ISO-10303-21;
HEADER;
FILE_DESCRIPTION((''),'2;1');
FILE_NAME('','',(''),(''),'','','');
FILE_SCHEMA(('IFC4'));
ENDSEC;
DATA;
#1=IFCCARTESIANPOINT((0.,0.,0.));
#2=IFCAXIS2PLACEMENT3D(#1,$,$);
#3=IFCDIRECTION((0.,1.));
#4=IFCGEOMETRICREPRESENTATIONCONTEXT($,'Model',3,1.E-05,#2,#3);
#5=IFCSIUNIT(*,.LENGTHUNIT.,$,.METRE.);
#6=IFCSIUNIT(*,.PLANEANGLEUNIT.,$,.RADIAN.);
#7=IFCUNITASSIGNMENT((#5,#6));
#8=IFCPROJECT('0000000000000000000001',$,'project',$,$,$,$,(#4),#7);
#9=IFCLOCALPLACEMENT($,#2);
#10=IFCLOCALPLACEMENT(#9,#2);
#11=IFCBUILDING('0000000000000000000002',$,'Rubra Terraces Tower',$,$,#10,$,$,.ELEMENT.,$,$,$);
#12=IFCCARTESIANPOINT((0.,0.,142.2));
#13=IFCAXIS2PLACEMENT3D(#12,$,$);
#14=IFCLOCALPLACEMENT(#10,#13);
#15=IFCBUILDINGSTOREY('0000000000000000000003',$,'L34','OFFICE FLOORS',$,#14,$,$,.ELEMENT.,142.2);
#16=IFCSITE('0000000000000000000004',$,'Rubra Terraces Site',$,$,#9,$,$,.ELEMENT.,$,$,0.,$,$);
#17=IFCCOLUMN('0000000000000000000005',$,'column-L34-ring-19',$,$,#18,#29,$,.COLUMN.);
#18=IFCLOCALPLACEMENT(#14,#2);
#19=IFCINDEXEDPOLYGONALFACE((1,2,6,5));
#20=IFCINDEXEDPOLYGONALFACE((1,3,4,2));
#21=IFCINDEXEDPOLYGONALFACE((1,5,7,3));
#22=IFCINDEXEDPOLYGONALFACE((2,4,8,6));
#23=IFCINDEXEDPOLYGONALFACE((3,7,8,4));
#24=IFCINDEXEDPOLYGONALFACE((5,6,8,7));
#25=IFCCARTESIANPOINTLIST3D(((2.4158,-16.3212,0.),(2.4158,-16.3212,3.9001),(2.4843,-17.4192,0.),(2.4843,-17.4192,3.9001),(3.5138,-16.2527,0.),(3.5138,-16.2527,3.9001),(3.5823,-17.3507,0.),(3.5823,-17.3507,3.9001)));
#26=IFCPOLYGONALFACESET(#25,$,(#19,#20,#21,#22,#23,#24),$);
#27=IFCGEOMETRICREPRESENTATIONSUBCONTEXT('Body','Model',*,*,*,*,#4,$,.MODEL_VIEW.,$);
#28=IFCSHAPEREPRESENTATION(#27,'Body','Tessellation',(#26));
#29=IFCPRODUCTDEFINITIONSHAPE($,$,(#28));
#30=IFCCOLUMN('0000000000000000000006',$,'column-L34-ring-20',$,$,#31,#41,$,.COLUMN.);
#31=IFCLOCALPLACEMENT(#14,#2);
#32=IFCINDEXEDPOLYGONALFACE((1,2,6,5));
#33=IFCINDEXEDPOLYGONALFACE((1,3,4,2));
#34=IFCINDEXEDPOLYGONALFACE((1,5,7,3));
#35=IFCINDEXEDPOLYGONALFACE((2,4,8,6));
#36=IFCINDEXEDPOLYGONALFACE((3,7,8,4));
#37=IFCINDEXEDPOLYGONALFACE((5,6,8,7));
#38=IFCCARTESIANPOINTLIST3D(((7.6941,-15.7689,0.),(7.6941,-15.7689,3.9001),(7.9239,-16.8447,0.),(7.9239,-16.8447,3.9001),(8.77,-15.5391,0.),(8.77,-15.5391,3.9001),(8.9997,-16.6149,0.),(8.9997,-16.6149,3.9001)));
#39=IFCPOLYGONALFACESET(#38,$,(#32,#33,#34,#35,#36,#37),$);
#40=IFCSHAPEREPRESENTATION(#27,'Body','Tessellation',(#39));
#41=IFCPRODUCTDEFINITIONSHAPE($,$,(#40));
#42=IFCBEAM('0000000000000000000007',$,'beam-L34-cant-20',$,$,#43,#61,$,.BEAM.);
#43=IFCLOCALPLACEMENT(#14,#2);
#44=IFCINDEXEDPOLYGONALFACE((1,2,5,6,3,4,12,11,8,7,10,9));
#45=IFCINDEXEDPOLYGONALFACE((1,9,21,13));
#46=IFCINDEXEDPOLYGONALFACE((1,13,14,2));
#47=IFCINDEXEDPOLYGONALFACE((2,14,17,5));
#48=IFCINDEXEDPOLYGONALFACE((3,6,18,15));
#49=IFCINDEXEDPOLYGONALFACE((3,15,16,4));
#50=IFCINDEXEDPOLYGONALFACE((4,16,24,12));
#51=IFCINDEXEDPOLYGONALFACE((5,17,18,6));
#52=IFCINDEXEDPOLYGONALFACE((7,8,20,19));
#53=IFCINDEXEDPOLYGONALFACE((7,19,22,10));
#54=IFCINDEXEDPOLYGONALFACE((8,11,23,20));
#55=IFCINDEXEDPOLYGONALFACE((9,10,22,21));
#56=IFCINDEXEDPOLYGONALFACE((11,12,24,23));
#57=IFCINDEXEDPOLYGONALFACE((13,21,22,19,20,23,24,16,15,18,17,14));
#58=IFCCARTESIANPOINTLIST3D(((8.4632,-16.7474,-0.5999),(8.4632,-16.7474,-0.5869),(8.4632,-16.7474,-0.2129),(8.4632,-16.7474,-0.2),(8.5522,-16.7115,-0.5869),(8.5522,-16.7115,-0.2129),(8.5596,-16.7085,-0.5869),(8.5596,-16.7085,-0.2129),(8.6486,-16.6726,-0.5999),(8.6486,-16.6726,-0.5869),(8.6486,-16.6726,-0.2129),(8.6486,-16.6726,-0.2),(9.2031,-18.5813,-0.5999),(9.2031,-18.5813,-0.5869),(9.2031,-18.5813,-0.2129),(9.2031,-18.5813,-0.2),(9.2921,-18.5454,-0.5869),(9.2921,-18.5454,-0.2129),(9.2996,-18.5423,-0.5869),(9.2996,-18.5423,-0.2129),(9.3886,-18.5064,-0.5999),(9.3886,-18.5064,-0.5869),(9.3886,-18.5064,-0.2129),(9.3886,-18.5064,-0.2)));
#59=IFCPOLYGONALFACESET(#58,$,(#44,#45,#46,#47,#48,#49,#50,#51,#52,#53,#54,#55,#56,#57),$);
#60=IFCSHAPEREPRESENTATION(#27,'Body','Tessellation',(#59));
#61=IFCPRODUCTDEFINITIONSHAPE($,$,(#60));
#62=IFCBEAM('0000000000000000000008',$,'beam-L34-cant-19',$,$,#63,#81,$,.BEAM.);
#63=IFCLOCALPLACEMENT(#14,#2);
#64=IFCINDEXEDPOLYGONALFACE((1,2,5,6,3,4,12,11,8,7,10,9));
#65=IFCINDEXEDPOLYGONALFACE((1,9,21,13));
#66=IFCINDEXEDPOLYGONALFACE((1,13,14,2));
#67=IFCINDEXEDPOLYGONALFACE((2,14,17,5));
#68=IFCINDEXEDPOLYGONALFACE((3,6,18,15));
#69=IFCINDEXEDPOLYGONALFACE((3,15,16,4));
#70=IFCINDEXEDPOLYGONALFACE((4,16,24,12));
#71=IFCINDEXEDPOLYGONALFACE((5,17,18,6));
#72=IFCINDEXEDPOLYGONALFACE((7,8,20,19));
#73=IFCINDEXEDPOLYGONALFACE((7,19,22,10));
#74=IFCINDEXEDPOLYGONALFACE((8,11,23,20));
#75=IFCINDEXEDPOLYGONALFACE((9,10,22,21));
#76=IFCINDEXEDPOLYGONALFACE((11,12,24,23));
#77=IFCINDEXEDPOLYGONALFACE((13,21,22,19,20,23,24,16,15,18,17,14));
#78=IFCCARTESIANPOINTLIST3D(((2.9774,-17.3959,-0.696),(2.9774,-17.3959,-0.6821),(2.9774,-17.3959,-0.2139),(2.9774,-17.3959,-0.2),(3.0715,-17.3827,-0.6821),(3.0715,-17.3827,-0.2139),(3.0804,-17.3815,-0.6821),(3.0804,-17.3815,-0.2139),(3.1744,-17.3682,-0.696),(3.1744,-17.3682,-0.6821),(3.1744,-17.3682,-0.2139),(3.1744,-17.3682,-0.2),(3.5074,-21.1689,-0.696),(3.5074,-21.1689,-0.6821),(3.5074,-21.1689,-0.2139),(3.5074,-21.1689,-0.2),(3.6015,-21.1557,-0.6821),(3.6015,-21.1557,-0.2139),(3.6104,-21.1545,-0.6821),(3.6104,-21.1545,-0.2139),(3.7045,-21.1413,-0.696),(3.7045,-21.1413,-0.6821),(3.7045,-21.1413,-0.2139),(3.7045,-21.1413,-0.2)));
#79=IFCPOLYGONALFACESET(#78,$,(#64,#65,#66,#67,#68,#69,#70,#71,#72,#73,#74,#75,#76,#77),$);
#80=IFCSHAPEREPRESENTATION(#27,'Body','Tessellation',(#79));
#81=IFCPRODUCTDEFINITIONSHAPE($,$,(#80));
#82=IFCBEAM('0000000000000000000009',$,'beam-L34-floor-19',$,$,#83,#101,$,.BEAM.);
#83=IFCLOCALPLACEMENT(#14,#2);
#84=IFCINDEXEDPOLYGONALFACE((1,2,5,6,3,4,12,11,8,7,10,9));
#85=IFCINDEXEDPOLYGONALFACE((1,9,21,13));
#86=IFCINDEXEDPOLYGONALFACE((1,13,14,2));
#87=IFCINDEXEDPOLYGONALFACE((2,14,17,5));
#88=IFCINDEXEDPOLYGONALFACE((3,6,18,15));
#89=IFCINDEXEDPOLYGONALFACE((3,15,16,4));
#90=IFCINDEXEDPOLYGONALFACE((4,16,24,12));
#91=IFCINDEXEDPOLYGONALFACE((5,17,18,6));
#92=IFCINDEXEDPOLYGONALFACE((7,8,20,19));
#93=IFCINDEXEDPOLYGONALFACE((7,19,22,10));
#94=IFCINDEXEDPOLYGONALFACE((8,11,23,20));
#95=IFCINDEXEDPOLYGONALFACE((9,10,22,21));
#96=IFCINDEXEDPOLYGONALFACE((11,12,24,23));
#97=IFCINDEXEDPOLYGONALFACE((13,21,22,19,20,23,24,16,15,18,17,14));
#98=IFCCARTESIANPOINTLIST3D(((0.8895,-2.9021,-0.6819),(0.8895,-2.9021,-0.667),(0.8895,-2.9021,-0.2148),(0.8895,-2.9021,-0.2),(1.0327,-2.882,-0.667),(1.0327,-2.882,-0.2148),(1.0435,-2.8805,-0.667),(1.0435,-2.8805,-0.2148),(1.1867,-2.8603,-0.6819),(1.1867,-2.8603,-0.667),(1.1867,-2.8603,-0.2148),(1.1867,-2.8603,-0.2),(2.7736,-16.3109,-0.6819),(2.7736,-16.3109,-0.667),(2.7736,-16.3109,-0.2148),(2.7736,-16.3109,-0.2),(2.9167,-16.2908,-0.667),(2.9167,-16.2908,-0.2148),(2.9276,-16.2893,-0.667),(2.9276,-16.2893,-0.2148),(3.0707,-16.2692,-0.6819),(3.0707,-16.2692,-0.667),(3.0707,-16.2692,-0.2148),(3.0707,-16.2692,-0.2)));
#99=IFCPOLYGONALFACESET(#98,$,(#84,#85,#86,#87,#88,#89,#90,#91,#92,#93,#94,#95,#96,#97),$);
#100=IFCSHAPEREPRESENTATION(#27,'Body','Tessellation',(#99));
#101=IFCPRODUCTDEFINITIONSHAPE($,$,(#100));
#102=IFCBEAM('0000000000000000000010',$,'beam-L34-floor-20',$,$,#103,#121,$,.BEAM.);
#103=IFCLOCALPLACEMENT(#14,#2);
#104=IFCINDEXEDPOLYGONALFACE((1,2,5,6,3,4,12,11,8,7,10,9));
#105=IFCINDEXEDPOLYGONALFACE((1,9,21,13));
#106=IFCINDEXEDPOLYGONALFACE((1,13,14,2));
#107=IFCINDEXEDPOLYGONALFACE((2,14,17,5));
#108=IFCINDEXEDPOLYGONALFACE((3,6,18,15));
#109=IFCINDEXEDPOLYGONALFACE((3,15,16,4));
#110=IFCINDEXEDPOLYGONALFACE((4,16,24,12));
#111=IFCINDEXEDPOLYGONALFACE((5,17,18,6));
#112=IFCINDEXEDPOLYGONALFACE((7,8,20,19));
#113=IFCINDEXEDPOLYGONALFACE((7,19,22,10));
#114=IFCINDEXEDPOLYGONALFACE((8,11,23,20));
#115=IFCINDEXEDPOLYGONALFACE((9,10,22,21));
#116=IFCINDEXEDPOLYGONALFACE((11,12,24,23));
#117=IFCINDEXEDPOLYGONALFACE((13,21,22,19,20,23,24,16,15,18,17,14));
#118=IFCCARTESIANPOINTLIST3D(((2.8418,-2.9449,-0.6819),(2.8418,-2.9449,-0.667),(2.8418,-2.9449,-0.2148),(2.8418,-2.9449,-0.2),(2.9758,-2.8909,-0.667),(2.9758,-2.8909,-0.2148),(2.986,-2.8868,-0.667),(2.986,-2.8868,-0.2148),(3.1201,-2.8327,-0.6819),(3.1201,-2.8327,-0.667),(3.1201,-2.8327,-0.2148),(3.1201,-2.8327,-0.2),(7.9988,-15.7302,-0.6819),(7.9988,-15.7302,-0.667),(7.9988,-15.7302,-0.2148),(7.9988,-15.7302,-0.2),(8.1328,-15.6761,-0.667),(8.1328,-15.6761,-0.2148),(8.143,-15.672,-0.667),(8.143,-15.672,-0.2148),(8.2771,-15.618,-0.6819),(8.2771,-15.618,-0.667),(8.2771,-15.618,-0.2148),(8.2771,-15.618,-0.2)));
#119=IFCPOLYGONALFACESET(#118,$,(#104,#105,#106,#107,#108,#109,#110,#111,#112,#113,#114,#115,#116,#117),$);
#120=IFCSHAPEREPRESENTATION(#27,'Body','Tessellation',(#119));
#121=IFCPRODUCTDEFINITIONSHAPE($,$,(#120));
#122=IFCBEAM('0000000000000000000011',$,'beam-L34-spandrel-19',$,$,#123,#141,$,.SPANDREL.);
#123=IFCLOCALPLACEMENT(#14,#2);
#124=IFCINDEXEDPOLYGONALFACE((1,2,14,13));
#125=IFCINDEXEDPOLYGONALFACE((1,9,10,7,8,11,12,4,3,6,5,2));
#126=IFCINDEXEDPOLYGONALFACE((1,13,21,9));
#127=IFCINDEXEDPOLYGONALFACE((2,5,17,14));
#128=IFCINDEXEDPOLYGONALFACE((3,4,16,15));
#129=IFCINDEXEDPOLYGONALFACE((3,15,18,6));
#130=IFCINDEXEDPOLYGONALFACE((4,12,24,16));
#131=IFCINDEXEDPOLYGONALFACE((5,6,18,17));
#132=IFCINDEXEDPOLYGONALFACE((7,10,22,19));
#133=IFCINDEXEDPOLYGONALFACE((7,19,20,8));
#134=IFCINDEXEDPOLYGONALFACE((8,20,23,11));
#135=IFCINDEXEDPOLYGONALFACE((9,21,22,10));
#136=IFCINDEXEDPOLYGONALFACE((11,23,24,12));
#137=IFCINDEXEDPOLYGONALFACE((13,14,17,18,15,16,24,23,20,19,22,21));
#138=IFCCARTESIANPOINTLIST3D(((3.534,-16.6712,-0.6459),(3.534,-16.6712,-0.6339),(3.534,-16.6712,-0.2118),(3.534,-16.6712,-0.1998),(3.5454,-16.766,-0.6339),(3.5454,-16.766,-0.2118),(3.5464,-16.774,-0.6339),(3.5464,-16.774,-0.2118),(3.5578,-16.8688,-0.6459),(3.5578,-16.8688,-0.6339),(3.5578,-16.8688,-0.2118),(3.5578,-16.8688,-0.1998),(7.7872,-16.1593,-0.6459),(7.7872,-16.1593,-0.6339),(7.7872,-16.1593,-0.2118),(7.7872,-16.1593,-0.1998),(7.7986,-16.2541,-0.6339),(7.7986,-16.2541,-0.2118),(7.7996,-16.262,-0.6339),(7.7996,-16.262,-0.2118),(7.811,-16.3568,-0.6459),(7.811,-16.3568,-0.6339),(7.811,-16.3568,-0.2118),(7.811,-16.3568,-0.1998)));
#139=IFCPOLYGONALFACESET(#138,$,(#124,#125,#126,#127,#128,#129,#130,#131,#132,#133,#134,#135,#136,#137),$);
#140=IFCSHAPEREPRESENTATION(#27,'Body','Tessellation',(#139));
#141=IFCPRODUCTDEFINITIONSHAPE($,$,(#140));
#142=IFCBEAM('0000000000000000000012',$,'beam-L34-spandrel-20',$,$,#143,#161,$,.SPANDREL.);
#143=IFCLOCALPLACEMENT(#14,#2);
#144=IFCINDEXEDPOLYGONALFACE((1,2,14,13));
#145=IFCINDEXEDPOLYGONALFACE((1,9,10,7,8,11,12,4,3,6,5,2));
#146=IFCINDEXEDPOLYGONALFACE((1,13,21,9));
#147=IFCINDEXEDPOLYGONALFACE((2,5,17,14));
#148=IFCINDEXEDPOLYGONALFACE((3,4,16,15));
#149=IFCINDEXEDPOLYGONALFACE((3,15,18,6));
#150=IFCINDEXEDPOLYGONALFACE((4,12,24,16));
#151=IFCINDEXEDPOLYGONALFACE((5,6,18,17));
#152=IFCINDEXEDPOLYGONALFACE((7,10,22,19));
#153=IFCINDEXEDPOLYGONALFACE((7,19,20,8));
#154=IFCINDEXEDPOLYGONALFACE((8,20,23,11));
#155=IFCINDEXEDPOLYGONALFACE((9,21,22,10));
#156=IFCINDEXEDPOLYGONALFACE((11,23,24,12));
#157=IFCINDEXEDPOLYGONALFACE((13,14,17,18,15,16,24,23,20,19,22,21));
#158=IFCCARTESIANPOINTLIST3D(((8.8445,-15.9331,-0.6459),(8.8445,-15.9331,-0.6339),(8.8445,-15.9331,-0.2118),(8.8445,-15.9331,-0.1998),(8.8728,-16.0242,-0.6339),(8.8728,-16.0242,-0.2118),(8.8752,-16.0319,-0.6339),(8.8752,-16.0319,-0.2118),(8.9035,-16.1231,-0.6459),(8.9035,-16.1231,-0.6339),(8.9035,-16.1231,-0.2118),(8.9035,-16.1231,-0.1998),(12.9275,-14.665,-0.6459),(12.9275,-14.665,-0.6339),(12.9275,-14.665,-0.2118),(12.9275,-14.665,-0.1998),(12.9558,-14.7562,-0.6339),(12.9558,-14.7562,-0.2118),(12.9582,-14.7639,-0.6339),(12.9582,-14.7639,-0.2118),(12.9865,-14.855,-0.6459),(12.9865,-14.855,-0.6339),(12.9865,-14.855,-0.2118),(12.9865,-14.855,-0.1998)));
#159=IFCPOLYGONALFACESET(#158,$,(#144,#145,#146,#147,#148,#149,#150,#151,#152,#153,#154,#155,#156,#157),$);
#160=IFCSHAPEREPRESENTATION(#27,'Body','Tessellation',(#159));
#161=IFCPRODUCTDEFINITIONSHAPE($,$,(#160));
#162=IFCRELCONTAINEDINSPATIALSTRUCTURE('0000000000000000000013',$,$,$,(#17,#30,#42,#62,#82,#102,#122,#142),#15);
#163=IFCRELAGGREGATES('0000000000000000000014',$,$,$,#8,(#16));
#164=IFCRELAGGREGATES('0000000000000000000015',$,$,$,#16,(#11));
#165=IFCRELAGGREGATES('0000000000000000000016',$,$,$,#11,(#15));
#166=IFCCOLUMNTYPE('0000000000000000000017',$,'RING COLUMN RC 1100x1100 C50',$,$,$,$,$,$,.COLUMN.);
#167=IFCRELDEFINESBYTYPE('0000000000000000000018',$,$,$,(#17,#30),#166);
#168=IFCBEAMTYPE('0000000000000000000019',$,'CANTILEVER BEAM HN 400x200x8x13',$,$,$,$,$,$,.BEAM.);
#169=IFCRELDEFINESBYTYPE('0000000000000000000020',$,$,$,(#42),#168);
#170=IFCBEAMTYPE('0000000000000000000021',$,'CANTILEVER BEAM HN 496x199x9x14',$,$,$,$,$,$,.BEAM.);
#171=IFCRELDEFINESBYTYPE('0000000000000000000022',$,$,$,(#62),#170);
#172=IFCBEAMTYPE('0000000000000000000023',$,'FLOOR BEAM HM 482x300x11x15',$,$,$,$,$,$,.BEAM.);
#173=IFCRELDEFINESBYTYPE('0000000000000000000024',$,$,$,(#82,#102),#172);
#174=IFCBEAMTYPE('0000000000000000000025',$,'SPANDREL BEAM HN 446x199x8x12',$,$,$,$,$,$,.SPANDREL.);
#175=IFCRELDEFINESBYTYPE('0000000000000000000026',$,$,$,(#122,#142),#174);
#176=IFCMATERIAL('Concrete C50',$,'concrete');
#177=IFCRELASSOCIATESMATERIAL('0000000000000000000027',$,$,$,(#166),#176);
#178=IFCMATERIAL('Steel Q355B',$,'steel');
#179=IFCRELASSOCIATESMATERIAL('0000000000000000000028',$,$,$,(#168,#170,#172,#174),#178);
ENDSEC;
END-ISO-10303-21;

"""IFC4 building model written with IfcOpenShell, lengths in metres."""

from ifc_helpers import new_model, si_unit, direction, frame, origin, origin_2d, place, context, subcontext, project, spatial, rectangle, i_section, extrude, material, material_profile, profile_set, type_object, element, save


model = new_model("IFC4")

# Units and contexts
model_context = context("Model", 3, precision=1e-05, world=origin(), true_north=direction((0.0, 1.0)))
body_context = subcontext(model_context, "Body", "Model", "MODEL_VIEW")
ifc_project = project(units=[si_unit("LENGTHUNIT", "METRE"), si_unit("PLANEANGLEUNIT", "RADIAN")], contexts=[model_context])

# Site, building, storey
site_placement = place(None, origin())
site = spatial("IfcSite", under=ifc_project, at=site_placement, Name="Rubra Terraces Site", CompositionType="ELEMENT", RefElevation=0.0)
building_placement = place(site_placement, origin())
building = spatial("IfcBuilding", under=site, at=building_placement, Name="Rubra Terraces Tower", CompositionType="ELEMENT")
storey_placement = place(building_placement, frame((0.0, 0.0, 142.2)))
storey = spatial("IfcBuildingStorey", under=building, at=storey_placement, Name="L34", Description="OFFICE FLOORS", CompositionType="ELEMENT", Elevation=142.2)

# Columns
ifc_material_1 = material(Name="Concrete C50", Category="concrete")
ifc_material_profile_1 = material_profile(ifc_material_1, rectangle(XDim=1.1001, YDim=1.1001, at=origin_2d()), Name="RC 1100x1100")
ifc_profile_set_1 = profile_set([ifc_material_profile_1], Name="Concrete C50")
column_type = type_object("IfcColumnType", Name="RING COLUMN RC 1100x1100 C50", PredefinedType="COLUMN", material=ifc_profile_set_1)
for number, where, z_axis, x_axis, name in (
    (1, (2.999, -16.8359, 0.0), (0.0, 0.0, 1.0), (0.998059, 0.062268, 0.0), "column-L34-ring-19"),
    (2, (8.3469, -16.1919, 0.0), (0.0, 0.0, 1.0), (0.977944, 0.208867, 0.0), "column-L34-ring-20"),
):
    element("IfcColumn", number, at=place(storey_placement, frame(where, z_axis=z_axis, x_axis=x_axis)), inside=storey, type_object=column_type, Name=name, PredefinedType="COLUMN", context=body_context, shape_type="SweptSolid", body=[
        extrude(rectangle(XDim=1.1001, YDim=1.1001, at=origin_2d()), origin(), (0.0, 0.0, 1.0), 3.9001),
    ])

# Beams
ifc_material_2 = material(Name="Steel Q355B", Category="steel")
ifc_material_profile_2 = material_profile(ifc_material_2, i_section(OverallWidth=0.2, OverallDepth=0.3999, WebThickness=0.0081, FlangeThickness=0.0129, at=origin_2d()), Name="HN 400x200x8x13")
ifc_profile_set_2 = profile_set([ifc_material_profile_2], Name="Steel Q355B")
beam_type_1 = type_object("IfcBeamType", Name="CANTILEVER BEAM HN 400x200x8x13", PredefinedType="BEAM", material=ifc_profile_set_2)
beam_1_placement = place(storey_placement, frame((8.5559, -16.71, -0.3999), z_axis=(0.374177, -0.927357, 0.0), x_axis=(0.927357, 0.374177, 0.0)))
element("IfcBeam", 3, at=beam_1_placement, inside=storey, type_object=beam_type_1, Name="beam-L34-cant-20", PredefinedType="BEAM", context=body_context, shape_type="SweptSolid", body=[
    extrude(i_section(OverallWidth=0.2, OverallDepth=0.3999, WebThickness=0.0081, FlangeThickness=0.0129, at=origin_2d()), origin(), (0.0, 0.0, 1.0), 1.9775),
])
ifc_material_profile_3 = material_profile(ifc_material_2, i_section(OverallWidth=0.199, OverallDepth=0.4961, WebThickness=0.009, FlangeThickness=0.0139, at=origin_2d()), Name="HN 496x199x9x14")
ifc_profile_set_3 = profile_set([ifc_material_profile_3], Name="Steel Q355B")
beam_type_2 = type_object("IfcBeamType", Name="CANTILEVER BEAM HN 496x199x9x14", PredefinedType="BEAM", material=ifc_profile_set_3)
beam_2_placement = place(storey_placement, frame((3.0759, -17.3821, -0.448), z_axis=(0.139115, -0.990276, 0.0), x_axis=(0.990276, 0.139115, 0.0)))
element("IfcBeam", 4, at=beam_2_placement, inside=storey, type_object=beam_type_2, Name="beam-L34-cant-19", PredefinedType="BEAM", context=body_context, shape_type="SweptSolid", body=[
    extrude(i_section(OverallWidth=0.199, OverallDepth=0.4961, WebThickness=0.009, FlangeThickness=0.0139, at=origin_2d()), origin(), (0.0, 0.0, 1.0), 3.8101),
])
ifc_material_profile_4 = material_profile(ifc_material_2, i_section(OverallWidth=0.3, OverallDepth=0.4819, WebThickness=0.011, FlangeThickness=0.0149, at=origin_2d()), Name="HM 482x300x11x15")
ifc_profile_set_4 = profile_set([ifc_material_profile_4], Name="Steel Q355B")
beam_type_3 = type_object("IfcBeamType", Name="FLOOR BEAM HM 482x300x11x15", PredefinedType="BEAM", material=ifc_profile_set_4)
beam_3_placement = place(storey_placement, frame((2.9221, -16.29, -0.4409), z_axis=(-0.139139, 0.990273, 0.0), x_axis=(-0.990273, -0.139139, 0.0)))
element("IfcBeam", 5, at=beam_3_placement, inside=storey, type_object=beam_type_3, Name="beam-L34-floor-19", PredefinedType="BEAM", context=body_context, shape_type="SweptSolid", body=[
    extrude(i_section(OverallWidth=0.3, OverallDepth=0.4819, WebThickness=0.011, FlangeThickness=0.0149, at=origin_2d()), origin(), (0.0, 0.0, 1.0), 13.5405),
])
beam_4_placement = place(storey_placement, frame((8.1379, -15.6741, -0.4409), z_axis=(-0.374073, 0.927399, 0.0), x_axis=(-0.927399, -0.374073, 0.0)))
element("IfcBeam", 6, at=beam_4_placement, inside=storey, type_object=beam_type_3, Name="beam-L34-floor-20", PredefinedType="BEAM", context=body_context, shape_type="SweptSolid", body=[
    extrude(i_section(OverallWidth=0.3, OverallDepth=0.4819, WebThickness=0.011, FlangeThickness=0.0149, at=origin_2d()), origin(), (0.0, 0.0, 1.0), 13.7861),
])
ifc_material_profile_5 = material_profile(ifc_material_2, i_section(OverallWidth=0.199, OverallDepth=0.446, WebThickness=0.0081, FlangeThickness=0.012, at=origin_2d()), Name="HN 446x199x8x12")
ifc_profile_set_5 = profile_set([ifc_material_profile_5], Name="Steel Q355B")
beam_type_4 = type_object("IfcBeamType", Name="SPANDREL BEAM HN 446x199x8x12", PredefinedType="SPANDREL", material=ifc_profile_set_5)
beam_5_placement = place(storey_placement, frame((3.5459, -16.77, -0.4229), z_axis=(0.992833, 0.119509, 0.0), x_axis=(-0.119509, 0.992833, 0.0)))
element("IfcBeam", 7, at=beam_5_placement, inside=storey, type_object=beam_type_4, Name="beam-L34-spandrel-19", PredefinedType="SPANDREL", context=body_context, shape_type="SweptSolid", body=[
    extrude(i_section(OverallWidth=0.199, OverallDepth=0.446, WebThickness=0.0081, FlangeThickness=0.012, at=origin_2d()), origin(), (0.0, 0.0, 1.0), 4.2839),
])
beam_6_placement = place(storey_placement, frame((8.874, -16.0281, -0.4229), z_axis=(0.955003, 0.296597, 0.0), x_axis=(-0.296597, 0.955003, 0.0)))
element("IfcBeam", 8, at=beam_6_placement, inside=storey, type_object=beam_type_4, Name="beam-L34-spandrel-20", PredefinedType="SPANDREL", context=body_context, shape_type="SweptSolid", body=[
    extrude(i_section(OverallWidth=0.199, OverallDepth=0.446, WebThickness=0.0081, FlangeThickness=0.012, at=origin_2d()), origin(), (0.0, 0.0, 1.0), 4.2754),
])

save(model, "model.ifc")
